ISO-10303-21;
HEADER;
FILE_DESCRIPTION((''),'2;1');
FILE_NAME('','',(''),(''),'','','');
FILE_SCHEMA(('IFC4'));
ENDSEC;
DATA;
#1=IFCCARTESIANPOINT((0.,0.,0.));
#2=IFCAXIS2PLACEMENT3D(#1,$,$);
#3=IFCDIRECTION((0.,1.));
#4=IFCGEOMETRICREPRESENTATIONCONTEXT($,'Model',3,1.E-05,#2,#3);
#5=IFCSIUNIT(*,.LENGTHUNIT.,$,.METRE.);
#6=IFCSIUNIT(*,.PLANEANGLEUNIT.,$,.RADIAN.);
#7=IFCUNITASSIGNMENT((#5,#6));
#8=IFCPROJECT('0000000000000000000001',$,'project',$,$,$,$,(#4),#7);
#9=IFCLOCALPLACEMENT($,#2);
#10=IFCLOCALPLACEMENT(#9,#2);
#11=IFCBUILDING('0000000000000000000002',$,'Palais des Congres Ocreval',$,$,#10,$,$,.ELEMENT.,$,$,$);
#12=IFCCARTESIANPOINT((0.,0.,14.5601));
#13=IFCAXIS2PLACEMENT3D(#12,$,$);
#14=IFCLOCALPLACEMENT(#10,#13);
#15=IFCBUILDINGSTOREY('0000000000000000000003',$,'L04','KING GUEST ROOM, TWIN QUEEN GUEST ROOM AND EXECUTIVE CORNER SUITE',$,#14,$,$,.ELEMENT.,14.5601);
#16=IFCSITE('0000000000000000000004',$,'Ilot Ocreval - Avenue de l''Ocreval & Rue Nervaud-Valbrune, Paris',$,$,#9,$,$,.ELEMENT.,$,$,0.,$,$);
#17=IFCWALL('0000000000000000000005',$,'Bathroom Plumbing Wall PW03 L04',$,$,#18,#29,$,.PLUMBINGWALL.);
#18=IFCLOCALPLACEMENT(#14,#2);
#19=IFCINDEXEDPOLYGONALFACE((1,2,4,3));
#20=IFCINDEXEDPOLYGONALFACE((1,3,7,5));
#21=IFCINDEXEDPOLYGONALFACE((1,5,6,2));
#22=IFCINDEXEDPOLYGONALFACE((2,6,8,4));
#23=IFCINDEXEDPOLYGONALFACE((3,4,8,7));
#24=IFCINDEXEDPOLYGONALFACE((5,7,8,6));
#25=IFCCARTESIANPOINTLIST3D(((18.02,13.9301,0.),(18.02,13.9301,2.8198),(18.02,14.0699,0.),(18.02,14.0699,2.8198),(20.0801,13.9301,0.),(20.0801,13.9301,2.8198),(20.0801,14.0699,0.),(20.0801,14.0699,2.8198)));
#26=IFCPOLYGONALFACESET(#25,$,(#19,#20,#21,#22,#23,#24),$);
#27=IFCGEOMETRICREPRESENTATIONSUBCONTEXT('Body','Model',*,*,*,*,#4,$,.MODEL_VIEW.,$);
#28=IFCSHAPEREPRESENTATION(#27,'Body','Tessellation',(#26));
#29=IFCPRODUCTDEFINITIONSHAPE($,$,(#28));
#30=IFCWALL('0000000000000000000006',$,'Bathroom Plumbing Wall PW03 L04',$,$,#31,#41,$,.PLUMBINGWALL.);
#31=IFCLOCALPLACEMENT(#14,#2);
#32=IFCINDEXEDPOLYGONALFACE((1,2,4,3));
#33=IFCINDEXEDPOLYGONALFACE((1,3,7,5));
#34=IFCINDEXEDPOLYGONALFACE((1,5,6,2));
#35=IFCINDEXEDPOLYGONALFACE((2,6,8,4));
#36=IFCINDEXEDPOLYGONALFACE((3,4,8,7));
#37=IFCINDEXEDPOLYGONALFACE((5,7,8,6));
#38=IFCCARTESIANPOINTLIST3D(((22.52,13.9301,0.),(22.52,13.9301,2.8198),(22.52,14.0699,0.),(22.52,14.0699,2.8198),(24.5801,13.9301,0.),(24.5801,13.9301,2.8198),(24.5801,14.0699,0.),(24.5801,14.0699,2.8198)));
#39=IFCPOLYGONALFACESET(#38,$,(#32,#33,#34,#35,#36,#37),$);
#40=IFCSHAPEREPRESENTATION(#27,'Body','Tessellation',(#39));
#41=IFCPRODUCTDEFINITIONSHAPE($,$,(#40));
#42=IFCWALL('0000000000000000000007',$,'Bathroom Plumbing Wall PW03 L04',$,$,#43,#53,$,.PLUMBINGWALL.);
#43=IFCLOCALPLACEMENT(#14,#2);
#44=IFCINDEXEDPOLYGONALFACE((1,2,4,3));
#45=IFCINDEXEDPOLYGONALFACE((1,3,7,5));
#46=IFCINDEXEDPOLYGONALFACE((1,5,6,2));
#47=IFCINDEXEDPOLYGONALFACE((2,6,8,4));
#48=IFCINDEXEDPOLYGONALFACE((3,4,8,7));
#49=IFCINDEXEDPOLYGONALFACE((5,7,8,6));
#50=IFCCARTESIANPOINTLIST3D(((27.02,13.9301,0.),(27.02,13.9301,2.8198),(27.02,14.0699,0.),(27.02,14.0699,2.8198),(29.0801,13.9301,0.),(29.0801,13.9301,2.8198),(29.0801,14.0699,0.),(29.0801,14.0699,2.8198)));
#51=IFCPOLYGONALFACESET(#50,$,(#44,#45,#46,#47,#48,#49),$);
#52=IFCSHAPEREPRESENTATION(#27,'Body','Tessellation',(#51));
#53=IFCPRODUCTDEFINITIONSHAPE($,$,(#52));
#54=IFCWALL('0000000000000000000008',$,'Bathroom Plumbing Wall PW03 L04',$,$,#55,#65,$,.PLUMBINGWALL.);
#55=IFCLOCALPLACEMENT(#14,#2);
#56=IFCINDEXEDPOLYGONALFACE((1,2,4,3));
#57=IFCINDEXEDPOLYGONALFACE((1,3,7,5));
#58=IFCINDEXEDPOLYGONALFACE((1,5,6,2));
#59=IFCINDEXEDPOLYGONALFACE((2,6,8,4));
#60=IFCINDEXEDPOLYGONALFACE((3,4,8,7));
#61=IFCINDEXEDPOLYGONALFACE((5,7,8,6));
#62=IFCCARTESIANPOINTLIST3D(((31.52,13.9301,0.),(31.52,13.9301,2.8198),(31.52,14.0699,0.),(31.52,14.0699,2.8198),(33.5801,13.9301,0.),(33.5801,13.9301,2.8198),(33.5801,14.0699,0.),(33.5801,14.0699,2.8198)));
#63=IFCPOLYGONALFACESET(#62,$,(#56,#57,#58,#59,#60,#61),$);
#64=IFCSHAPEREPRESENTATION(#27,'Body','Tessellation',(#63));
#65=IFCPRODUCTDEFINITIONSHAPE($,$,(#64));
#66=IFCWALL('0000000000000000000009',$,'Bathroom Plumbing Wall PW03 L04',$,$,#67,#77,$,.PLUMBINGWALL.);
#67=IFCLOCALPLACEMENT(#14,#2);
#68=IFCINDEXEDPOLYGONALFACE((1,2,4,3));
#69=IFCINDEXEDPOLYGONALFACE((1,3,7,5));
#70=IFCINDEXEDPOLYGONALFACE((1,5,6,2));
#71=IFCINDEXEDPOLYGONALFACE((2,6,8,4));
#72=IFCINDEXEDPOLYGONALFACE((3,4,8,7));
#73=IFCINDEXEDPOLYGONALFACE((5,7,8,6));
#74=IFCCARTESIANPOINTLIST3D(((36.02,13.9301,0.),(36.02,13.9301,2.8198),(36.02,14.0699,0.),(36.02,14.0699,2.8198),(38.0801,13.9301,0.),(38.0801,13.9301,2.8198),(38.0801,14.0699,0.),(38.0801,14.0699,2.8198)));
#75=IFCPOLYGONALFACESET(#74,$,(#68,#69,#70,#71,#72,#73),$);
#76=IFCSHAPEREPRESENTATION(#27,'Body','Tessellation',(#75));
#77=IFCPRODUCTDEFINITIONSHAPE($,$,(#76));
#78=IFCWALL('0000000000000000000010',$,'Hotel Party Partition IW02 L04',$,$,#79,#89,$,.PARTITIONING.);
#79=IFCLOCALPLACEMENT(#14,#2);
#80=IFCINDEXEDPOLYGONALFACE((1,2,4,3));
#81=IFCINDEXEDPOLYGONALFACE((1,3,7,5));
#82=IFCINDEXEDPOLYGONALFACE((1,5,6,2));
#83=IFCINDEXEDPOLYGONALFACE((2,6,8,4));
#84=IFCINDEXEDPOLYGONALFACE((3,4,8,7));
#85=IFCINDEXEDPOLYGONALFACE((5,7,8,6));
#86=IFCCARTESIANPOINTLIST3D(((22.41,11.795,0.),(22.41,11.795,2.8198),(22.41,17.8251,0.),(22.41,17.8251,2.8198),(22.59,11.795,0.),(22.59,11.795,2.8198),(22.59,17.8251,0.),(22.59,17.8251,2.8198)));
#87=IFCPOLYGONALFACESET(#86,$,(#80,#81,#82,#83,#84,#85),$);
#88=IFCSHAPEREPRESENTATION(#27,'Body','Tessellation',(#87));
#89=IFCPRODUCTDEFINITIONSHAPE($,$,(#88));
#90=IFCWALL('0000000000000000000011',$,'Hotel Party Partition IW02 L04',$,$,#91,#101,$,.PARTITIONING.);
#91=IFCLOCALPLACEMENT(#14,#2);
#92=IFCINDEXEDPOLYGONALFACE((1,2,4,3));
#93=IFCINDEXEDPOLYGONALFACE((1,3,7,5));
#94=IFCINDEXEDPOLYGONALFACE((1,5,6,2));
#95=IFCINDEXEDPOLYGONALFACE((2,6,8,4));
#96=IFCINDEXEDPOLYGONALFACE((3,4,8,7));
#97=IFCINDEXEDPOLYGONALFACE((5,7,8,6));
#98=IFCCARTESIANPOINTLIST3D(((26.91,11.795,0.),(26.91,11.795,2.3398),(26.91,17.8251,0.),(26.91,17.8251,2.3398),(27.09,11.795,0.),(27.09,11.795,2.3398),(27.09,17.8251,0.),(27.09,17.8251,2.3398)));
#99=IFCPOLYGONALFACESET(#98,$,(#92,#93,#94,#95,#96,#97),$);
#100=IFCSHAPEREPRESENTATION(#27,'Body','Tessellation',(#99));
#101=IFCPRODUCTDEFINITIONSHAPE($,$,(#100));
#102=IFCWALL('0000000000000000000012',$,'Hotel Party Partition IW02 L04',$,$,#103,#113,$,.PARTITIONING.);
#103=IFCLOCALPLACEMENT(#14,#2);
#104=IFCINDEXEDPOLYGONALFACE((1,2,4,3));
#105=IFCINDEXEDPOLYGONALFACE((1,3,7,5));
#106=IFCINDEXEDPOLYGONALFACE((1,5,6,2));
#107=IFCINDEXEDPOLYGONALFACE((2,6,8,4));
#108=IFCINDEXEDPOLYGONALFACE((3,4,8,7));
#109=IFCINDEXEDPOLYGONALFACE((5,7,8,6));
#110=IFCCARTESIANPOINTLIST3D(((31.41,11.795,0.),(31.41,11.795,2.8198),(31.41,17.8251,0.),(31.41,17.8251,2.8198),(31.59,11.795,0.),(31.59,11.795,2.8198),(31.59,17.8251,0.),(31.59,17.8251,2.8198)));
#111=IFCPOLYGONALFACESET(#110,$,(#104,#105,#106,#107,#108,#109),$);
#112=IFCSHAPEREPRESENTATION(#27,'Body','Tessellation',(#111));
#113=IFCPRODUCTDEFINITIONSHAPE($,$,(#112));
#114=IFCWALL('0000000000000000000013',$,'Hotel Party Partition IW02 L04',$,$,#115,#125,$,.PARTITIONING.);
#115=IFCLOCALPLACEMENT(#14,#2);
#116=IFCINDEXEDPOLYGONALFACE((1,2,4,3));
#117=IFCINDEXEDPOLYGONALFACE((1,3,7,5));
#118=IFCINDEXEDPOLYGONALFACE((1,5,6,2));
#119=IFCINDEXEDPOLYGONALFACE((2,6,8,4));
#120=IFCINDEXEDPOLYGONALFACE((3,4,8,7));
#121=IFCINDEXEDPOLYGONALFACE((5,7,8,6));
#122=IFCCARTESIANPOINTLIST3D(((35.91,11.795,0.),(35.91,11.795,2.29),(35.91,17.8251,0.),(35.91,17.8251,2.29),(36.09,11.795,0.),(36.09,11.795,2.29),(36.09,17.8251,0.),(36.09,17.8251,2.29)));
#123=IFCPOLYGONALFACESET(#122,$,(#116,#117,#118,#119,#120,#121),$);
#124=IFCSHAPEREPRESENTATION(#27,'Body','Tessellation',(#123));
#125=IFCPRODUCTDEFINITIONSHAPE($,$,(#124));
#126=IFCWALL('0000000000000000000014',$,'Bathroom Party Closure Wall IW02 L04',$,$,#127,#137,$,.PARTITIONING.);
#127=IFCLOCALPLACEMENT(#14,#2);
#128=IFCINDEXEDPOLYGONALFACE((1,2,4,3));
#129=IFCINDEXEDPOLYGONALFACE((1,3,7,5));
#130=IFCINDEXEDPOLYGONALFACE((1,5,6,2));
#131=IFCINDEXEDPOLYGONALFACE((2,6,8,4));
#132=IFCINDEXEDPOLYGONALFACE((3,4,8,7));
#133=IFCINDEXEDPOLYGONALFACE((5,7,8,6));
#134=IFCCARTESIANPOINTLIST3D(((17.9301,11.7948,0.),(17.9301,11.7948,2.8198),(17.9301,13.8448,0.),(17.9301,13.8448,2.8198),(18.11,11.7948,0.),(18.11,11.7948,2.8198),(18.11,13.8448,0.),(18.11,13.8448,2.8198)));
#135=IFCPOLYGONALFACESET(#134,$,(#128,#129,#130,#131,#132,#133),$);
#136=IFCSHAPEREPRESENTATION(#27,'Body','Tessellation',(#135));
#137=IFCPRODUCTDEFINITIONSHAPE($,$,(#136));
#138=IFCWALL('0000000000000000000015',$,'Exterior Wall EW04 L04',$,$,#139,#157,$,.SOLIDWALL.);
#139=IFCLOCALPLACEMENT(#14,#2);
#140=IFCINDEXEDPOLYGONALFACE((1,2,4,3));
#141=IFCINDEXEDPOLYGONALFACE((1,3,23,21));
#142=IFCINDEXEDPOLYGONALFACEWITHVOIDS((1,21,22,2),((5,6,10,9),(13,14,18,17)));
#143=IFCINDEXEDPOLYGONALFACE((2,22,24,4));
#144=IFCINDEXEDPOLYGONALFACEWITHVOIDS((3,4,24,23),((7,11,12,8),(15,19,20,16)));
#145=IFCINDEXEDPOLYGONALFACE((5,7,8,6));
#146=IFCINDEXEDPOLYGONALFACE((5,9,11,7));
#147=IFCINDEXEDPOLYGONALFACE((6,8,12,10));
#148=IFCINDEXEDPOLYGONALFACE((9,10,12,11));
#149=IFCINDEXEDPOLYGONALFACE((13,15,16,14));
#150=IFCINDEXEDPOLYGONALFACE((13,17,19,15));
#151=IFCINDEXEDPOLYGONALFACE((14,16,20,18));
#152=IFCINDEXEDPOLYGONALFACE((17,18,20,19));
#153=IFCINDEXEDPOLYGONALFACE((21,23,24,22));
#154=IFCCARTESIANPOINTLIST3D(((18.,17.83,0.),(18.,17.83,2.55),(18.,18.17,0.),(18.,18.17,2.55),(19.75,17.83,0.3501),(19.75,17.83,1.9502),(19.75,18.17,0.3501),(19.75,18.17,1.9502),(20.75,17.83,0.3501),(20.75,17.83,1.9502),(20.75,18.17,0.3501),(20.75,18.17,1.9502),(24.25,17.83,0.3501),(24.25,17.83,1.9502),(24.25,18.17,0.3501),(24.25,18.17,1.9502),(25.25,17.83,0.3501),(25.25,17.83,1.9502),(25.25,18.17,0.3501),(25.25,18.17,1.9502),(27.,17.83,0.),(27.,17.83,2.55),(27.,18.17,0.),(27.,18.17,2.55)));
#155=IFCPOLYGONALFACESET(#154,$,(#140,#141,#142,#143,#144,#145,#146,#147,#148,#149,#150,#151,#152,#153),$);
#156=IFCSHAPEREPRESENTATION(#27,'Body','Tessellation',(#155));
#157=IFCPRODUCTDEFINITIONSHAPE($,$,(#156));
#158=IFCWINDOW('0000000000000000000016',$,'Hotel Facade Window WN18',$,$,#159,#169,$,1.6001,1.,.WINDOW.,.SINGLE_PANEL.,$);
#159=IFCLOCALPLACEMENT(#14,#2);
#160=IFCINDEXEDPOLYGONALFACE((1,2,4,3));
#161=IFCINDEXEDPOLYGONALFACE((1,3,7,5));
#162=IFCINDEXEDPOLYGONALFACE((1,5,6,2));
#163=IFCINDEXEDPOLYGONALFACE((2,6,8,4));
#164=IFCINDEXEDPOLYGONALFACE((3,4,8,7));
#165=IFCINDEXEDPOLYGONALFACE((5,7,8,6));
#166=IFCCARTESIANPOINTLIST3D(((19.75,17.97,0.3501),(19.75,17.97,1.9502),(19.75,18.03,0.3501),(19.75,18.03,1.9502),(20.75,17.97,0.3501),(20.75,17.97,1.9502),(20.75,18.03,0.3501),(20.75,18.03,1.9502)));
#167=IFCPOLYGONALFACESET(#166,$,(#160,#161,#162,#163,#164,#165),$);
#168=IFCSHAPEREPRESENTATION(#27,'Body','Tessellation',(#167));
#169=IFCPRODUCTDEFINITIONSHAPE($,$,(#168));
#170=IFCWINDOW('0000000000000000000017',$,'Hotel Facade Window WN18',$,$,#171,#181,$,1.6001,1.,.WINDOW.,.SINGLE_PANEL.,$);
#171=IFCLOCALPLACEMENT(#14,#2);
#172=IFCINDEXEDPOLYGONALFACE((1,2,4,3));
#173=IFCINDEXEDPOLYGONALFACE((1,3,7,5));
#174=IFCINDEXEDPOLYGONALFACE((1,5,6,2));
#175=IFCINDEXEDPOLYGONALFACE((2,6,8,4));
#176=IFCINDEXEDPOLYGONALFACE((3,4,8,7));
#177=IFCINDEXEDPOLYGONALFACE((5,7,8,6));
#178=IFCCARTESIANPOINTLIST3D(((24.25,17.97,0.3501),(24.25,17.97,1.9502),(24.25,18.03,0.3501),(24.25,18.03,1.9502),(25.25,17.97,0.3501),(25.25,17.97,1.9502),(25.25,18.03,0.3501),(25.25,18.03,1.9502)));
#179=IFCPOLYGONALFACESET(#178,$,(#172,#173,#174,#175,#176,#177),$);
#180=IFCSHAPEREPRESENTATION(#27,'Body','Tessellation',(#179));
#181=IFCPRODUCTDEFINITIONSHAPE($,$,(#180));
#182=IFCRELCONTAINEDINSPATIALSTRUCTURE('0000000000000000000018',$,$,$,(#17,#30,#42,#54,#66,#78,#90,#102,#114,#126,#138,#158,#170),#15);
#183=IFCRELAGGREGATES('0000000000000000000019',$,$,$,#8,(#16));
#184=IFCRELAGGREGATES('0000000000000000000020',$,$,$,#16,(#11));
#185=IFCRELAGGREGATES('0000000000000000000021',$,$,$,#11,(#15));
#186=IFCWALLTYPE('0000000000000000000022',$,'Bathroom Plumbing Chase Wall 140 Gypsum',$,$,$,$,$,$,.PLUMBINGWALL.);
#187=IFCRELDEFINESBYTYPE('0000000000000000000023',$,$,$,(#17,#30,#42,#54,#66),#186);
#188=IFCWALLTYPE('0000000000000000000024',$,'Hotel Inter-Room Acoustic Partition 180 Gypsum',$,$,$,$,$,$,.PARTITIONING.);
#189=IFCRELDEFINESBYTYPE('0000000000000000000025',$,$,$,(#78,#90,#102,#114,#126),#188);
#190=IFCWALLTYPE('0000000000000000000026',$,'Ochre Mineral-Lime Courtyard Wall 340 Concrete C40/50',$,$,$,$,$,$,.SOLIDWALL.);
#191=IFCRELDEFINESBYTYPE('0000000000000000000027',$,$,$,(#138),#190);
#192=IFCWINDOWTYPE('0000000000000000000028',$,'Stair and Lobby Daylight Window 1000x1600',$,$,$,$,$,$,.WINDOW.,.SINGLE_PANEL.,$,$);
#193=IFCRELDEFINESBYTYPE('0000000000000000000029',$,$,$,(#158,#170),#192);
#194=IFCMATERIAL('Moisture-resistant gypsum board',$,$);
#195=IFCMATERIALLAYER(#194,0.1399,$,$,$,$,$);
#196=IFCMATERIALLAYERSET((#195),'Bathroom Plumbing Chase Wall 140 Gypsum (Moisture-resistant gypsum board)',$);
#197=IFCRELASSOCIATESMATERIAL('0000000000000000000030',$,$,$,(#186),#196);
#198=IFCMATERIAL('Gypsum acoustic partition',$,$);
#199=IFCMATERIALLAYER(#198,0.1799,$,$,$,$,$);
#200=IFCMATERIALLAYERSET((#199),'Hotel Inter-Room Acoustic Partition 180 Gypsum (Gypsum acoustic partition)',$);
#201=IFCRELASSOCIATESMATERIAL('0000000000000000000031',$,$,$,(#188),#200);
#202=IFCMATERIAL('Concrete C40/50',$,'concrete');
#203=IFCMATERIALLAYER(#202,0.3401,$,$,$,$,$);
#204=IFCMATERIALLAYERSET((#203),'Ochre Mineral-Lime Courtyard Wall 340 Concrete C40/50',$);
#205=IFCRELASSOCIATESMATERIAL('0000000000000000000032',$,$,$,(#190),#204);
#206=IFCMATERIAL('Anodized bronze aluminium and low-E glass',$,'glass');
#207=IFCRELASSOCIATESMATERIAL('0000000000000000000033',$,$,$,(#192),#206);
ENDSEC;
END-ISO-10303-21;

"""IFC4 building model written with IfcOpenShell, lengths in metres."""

from ifc_helpers import new_model, si_unit, direction, frame, frame_2d, origin, place, context, subcontext, project, spatial, rectangle, extrude, material, layer, layer_set, type_object, element, fill, save


model = new_model("IFC4")

# Units and contexts
model_context = context("Model", 3, precision=1e-05, world=origin(), true_north=direction((0.0, 1.0)))
body_context = subcontext(model_context, "Body", "Model", "MODEL_VIEW")
ifc_project = project(units=[si_unit("LENGTHUNIT", "METRE"), si_unit("PLANEANGLEUNIT", "RADIAN")], contexts=[model_context])

# Site, building, storey
site_placement = place(None, origin())
site = spatial("IfcSite", under=ifc_project, at=site_placement, Name="Ilot Ocreval - Avenue de l'Ocreval & Rue Nervaud-Valbrune, Paris", CompositionType="ELEMENT", RefElevation=0.0)
building_placement = place(site_placement, origin())
building = spatial("IfcBuilding", under=site, at=building_placement, Name="Palais des Congres Ocreval", CompositionType="ELEMENT")
storey_placement = place(building_placement, frame((0.0, 0.0, 14.5601)))
storey = spatial("IfcBuildingStorey", under=building, at=storey_placement, Name="L04", Description="KING GUEST ROOM, TWIN QUEEN GUEST ROOM AND EXECUTIVE CORNER SUITE", CompositionType="ELEMENT", Elevation=14.5601)

# Shared definitions
ifc_material_1 = material(Name="Concrete C40/50", Category="concrete")

# Shared definitions
ifc_material_2 = material(Name="Anodized bronze aluminium and low-E glass", Category="glass")

# Walls
ifc_material_3 = material(Name="Moisture-resistant gypsum board")
ifc_layer_1 = layer(ifc_material_3, 0.1399)
ifc_layer_set_1 = layer_set([ifc_layer_1], Name="Bathroom Plumbing Chase Wall 140 Gypsum (Moisture-resistant gypsum board)")
wall_type_1 = type_object("IfcWallType", Name="Bathroom Plumbing Chase Wall 140 Gypsum", PredefinedType="PLUMBINGWALL", material=ifc_layer_set_1)
for number, where, z_axis, x_axis, name in (
    (1, (18.02, 14.0, 0.0), (0.0, 0.0, 1.0), (1.0, 0.0, 0.0), "Bathroom Plumbing Wall PW03 L04"),
    (2, (22.52, 14.0, 0.0), (0.0, 0.0, 1.0), (1.0, 0.0, 0.0), "Bathroom Plumbing Wall PW03 L04"),
    (3, (27.02, 14.0, 0.0), (0.0, 0.0, 1.0), (1.0, 0.0, 0.0), "Bathroom Plumbing Wall PW03 L04"),
    (4, (31.52, 14.0, 0.0), (0.0, 0.0, 1.0), (1.0, 0.0, 0.0), "Bathroom Plumbing Wall PW03 L04"),
    (5, (36.02, 14.0, 0.0), (0.0, 0.0, 1.0), (1.0, 0.0, 0.0), "Bathroom Plumbing Wall PW03 L04"),
):
    element("IfcWall", number, at=place(storey_placement, frame(where, z_axis=z_axis, x_axis=x_axis)), inside=storey, type_object=wall_type_1, Name=name, PredefinedType="PLUMBINGWALL", context=body_context, shape_type="SweptSolid", body=[
        extrude(rectangle(XDim=2.0601, YDim=0.1399, at=frame_2d((1.03, 0.0))), origin(), (0.0, 0.0, 1.0), 2.8198),
    ])
ifc_material_4 = material(Name="Gypsum acoustic partition")
ifc_layer_2 = layer(ifc_material_4, 0.1799)
ifc_layer_set_2 = layer_set([ifc_layer_2], Name="Hotel Inter-Room Acoustic Partition 180 Gypsum (Gypsum acoustic partition)")
wall_type_2 = type_object("IfcWallType", Name="Hotel Inter-Room Acoustic Partition 180 Gypsum", PredefinedType="PARTITIONING", material=ifc_layer_set_2)
wall_1_placement = place(storey_placement, frame((22.5, 11.7949, 0.0), z_axis=(0.0, 0.0, 1.0), x_axis=(0.0, 1.0, 0.0)))
element("IfcWall", 6, at=wall_1_placement, inside=storey, type_object=wall_type_2, Name="Hotel Party Partition IW02 L04", PredefinedType="PARTITIONING", context=body_context, shape_type="SweptSolid", body=[
    extrude(rectangle(XDim=6.03, YDim=0.1799, at=frame_2d((3.0151, 0.0))), origin(), (0.0, 0.0, 1.0), 2.8198),
])
wall_2_placement = place(storey_placement, frame((27.0, 11.7949, 0.0), z_axis=(0.0, 0.0, 1.0), x_axis=(0.0, 1.0, 0.0)))
element("IfcWall", 7, at=wall_2_placement, inside=storey, type_object=wall_type_2, Name="Hotel Party Partition IW02 L04", PredefinedType="PARTITIONING", context=body_context, shape_type="SweptSolid", body=[
    extrude(rectangle(XDim=6.03, YDim=0.1799, at=frame_2d((3.0151, 0.0))), origin(), (0.0, 0.0, 1.0), 2.3398),
])
wall_3_placement = place(storey_placement, frame((31.5, 11.7949, 0.0), z_axis=(0.0, 0.0, 1.0), x_axis=(0.0, 1.0, 0.0)))
element("IfcWall", 8, at=wall_3_placement, inside=storey, type_object=wall_type_2, Name="Hotel Party Partition IW02 L04", PredefinedType="PARTITIONING", context=body_context, shape_type="SweptSolid", body=[
    extrude(rectangle(XDim=6.03, YDim=0.1799, at=frame_2d((3.0151, 0.0))), origin(), (0.0, 0.0, 1.0), 2.8198),
])
wall_4_placement = place(storey_placement, frame((36.0, 11.7949, 0.0), z_axis=(0.0, 0.0, 1.0), x_axis=(0.0, 1.0, 0.0)))
element("IfcWall", 9, at=wall_4_placement, inside=storey, type_object=wall_type_2, Name="Hotel Party Partition IW02 L04", PredefinedType="PARTITIONING", context=body_context, shape_type="SweptSolid", body=[
    extrude(rectangle(XDim=6.03, YDim=0.1799, at=frame_2d((3.0151, 0.0))), origin(), (0.0, 0.0, 1.0), 2.29),
])
wall_5_placement = place(storey_placement, frame((18.02, 11.7949, 0.0), z_axis=(0.0, 0.0, 1.0), x_axis=(0.0, 1.0, 0.0)))
element("IfcWall", 10, at=wall_5_placement, inside=storey, type_object=wall_type_2, Name="Bathroom Party Closure Wall IW02 L04", PredefinedType="PARTITIONING", context=body_context, shape_type="SweptSolid", body=[
    extrude(rectangle(XDim=2.05, YDim=0.1799, at=frame_2d((1.0249, 0.0))), origin(), (0.0, 0.0, 1.0), 2.8198),
])

# Wall, openings, windows
ifc_layer_3 = layer(ifc_material_1, 0.3401)
ifc_layer_set_3 = layer_set([ifc_layer_3], Name="Ochre Mineral-Lime Courtyard Wall 340 Concrete C40/50")
wall_type_3 = type_object("IfcWallType", Name="Ochre Mineral-Lime Courtyard Wall 340 Concrete C40/50", PredefinedType="SOLIDWALL", material=ifc_layer_set_3)
wall_6_placement = place(storey_placement, frame((18.0, 18.0, 0.0), z_axis=(0.0, 0.0, 1.0), x_axis=(1.0, 0.0, 0.0)))
wall_6 = element("IfcWall", 11, at=wall_6_placement, inside=storey, type_object=wall_type_3, Name="Exterior Wall EW04 L04", PredefinedType="SOLIDWALL", context=body_context, shape_type="SweptSolid", body=[
    extrude(rectangle(XDim=9.0, YDim=0.3401, at=frame_2d((4.5, 0.0))), origin(), (0.0, 0.0, 1.0), 2.55),
])
opening_1_placement = place(wall_6_placement, frame((1.75, 0.0, 0.3501)))
opening_1 = element("IfcOpeningElement", 12, at=opening_1_placement, cuts=wall_6, PredefinedType="OPENING", context=body_context, shape_type="SweptSolid", body=[
    extrude(rectangle(XDim=1.0, YDim=1.6001, at=frame_2d((0.5, 0.8))), frame((0.0, 0.1799, 0.0), z_axis=(0.0, -1.0, 0.0), x_axis=(1.0, 0.0, 0.0)), (0.0, 0.0, 1.0), 0.3601),
])
opening_2_placement = place(wall_6_placement, frame((6.25, 0.0, 0.3501)))
opening_2 = element("IfcOpeningElement", 13, at=opening_2_placement, cuts=wall_6, PredefinedType="OPENING", context=body_context, shape_type="SweptSolid", body=[
    extrude(rectangle(XDim=1.0, YDim=1.6001, at=frame_2d((0.5, 0.8))), frame((0.0, 0.1799, 0.0), z_axis=(0.0, -1.0, 0.0), x_axis=(1.0, 0.0, 0.0)), (0.0, 0.0, 1.0), 0.3601),
])
window_type = type_object("IfcWindowType", Name="Stair and Lobby Daylight Window 1000x1600", PartitioningType="SINGLE_PANEL", PredefinedType="WINDOW", material=ifc_material_2)
window_1_placement = place(opening_1_placement, origin())
window_1 = element("IfcWindow", 14, at=window_1_placement, inside=storey, type_object=window_type, Name="Hotel Facade Window WN18", OverallHeight=1.6001, OverallWidth=1.0, PartitioningType="SINGLE_PANEL", PredefinedType="WINDOW", context=body_context, shape_type="SweptSolid", body=[
    extrude(rectangle(XDim=1.0, YDim=1.6001, at=frame_2d((0.5, 0.8))), frame((0.0, 0.03, 0.0), z_axis=(0.0, -1.0, 0.0), x_axis=(1.0, 0.0, 0.0)), (0.0, 0.0, 1.0), 0.0601),
])
fill(opening_1, window_1)
window_2_placement = place(opening_2_placement, origin())
window_2 = element("IfcWindow", 15, at=window_2_placement, inside=storey, type_object=window_type, Name="Hotel Facade Window WN18", OverallHeight=1.6001, OverallWidth=1.0, PartitioningType="SINGLE_PANEL", PredefinedType="WINDOW", context=body_context, shape_type="SweptSolid", body=[
    extrude(rectangle(XDim=1.0, YDim=1.6001, at=frame_2d((0.5, 0.8))), frame((0.0, 0.03, 0.0), z_axis=(0.0, -1.0, 0.0), x_axis=(1.0, 0.0, 0.0)), (0.0, 0.0, 1.0), 0.0601),
])
fill(opening_2, window_2)

save(model, "model.ifc")
